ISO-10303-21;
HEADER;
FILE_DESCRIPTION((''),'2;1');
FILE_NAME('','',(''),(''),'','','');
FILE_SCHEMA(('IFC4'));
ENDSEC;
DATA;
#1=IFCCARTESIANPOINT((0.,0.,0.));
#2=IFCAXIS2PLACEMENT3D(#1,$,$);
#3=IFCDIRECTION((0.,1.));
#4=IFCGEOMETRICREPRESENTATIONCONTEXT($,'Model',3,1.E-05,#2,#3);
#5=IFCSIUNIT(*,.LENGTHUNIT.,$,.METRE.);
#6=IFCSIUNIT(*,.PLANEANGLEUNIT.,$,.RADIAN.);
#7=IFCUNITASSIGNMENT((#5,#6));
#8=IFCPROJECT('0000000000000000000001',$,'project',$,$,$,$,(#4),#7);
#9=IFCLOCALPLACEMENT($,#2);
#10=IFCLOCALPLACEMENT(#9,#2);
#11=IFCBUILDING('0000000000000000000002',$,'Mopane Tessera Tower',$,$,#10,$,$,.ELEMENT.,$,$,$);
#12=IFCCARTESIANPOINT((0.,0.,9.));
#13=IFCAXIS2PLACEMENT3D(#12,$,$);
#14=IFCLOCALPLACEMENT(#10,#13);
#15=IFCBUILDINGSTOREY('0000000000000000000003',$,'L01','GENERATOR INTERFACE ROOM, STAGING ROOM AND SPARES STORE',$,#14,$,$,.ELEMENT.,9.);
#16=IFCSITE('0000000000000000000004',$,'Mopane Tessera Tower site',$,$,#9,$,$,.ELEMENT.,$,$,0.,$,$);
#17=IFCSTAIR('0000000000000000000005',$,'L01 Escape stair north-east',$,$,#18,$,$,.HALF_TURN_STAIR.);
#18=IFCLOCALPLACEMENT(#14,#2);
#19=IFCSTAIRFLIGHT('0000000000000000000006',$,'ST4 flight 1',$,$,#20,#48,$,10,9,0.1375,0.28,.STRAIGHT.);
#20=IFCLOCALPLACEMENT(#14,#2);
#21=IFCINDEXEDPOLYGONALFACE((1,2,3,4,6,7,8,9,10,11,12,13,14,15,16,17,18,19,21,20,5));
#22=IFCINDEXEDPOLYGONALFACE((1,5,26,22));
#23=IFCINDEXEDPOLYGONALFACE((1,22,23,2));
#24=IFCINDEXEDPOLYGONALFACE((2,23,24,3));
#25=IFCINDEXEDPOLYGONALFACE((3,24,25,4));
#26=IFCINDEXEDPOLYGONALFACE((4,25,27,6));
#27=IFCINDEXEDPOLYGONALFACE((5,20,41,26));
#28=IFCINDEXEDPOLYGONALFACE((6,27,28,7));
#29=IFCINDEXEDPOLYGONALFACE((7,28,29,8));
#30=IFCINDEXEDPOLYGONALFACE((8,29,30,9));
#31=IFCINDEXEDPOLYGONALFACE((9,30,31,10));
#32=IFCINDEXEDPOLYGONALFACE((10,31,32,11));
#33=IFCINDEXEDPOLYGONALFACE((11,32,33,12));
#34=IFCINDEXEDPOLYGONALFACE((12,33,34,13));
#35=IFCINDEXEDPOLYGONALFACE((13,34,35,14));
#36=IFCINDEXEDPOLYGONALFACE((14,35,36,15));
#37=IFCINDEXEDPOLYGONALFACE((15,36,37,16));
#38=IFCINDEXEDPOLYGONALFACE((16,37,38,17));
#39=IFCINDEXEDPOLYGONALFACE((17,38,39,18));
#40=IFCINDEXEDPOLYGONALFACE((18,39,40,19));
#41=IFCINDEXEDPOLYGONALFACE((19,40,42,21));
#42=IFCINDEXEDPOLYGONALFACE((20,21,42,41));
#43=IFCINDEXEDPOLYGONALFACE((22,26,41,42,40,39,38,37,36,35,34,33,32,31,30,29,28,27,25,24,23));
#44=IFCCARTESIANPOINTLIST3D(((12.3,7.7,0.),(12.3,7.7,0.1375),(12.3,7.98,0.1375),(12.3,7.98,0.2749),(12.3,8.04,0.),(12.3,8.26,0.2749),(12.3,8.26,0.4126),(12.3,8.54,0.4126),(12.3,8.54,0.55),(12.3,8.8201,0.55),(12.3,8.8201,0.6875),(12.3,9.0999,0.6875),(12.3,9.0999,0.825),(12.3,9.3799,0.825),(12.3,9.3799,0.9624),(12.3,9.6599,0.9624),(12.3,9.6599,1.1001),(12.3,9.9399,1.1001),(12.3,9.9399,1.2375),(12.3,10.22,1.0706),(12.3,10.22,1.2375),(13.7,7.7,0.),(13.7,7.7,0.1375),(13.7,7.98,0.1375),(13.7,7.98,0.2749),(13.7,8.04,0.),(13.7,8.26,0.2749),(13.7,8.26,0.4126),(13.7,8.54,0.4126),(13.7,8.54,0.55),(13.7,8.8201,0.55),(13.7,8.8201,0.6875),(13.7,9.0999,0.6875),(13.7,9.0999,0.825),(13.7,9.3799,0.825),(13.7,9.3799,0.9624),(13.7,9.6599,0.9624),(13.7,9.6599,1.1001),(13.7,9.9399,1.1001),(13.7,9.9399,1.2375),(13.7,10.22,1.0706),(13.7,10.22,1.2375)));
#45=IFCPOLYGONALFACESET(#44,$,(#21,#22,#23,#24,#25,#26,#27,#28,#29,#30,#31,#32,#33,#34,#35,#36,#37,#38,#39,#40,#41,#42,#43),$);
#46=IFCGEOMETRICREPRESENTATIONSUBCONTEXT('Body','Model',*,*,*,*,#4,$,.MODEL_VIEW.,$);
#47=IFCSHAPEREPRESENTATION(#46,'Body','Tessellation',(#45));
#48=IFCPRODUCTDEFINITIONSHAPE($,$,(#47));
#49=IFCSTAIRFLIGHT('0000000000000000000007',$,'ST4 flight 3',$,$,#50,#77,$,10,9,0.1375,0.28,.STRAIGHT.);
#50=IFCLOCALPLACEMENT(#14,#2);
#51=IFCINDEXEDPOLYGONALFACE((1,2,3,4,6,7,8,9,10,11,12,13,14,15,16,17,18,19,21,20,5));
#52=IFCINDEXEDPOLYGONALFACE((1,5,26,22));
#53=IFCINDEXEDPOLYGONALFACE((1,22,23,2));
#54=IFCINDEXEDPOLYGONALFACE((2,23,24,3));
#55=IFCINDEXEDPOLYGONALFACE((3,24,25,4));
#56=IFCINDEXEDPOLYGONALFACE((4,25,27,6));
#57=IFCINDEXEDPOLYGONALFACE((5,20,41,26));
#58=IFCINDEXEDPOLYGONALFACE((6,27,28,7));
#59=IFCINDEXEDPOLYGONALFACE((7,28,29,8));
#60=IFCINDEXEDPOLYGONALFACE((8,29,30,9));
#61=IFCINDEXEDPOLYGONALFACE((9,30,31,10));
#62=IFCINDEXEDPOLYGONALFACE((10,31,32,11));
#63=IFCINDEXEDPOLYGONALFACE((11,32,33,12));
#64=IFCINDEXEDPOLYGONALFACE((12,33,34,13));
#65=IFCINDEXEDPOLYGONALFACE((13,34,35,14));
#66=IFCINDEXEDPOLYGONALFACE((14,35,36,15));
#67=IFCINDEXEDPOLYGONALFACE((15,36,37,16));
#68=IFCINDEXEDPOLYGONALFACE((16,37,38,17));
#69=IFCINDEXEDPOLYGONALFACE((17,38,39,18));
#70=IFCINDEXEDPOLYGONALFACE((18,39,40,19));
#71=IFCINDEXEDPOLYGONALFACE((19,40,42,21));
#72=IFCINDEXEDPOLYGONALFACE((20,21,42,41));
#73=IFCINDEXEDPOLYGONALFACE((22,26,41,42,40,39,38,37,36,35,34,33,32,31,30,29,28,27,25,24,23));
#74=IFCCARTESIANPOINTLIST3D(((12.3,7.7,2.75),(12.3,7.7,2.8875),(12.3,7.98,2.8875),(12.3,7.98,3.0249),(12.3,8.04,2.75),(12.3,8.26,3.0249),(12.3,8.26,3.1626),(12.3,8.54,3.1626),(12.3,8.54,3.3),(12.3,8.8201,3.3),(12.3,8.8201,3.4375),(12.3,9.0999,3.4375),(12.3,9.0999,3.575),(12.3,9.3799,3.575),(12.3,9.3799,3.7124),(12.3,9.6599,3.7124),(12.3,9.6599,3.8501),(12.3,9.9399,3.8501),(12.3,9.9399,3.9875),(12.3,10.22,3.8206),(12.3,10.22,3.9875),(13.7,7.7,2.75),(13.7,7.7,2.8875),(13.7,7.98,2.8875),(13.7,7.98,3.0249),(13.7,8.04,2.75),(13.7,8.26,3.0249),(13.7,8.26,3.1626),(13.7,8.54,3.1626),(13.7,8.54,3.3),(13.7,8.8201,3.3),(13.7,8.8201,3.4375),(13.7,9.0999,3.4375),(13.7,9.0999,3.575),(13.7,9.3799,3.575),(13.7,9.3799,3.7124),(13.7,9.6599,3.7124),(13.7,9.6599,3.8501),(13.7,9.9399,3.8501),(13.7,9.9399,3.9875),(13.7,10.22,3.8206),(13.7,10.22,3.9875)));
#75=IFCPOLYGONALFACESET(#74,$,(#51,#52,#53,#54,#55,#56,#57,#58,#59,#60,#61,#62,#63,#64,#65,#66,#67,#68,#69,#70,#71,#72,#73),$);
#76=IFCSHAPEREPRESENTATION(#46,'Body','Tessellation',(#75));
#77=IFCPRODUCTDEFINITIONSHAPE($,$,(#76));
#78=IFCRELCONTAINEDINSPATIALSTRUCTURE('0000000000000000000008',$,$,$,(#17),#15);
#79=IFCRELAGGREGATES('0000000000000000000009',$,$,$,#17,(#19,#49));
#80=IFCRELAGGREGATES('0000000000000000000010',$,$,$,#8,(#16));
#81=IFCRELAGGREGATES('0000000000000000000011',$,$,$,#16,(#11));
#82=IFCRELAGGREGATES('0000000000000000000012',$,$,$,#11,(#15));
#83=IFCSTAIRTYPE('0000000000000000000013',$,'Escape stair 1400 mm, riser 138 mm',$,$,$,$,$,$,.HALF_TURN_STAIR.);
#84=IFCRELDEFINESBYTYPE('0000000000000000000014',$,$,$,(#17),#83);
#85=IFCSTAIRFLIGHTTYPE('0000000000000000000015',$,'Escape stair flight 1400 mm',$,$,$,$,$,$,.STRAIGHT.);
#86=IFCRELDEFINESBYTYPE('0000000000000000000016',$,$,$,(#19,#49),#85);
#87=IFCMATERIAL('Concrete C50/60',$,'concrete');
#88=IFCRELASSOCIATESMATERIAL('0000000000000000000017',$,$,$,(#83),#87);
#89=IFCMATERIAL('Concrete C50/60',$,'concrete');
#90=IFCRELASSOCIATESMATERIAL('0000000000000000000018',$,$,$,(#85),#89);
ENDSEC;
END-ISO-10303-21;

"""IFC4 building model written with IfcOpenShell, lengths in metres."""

from ifc_helpers import new_model, si_unit, direction, frame, origin, place, context, subcontext, project, spatial, polyline, outline, extrude, material, type_object, element, aggregate, save


model = new_model("IFC4")

# Units and contexts
model_context = context("Model", 3, precision=1e-05, world=origin(), true_north=direction((0.0, 1.0)))
body_context = subcontext(model_context, "Body", "Model", "MODEL_VIEW")
ifc_project = project(units=[si_unit("LENGTHUNIT", "METRE"), si_unit("PLANEANGLEUNIT", "RADIAN")], contexts=[model_context])

# Site, building, storey
site_placement = place(None, origin())
site = spatial("IfcSite", under=ifc_project, at=site_placement, Name="Mopane Tessera Tower site", CompositionType="ELEMENT", RefElevation=0.0)
building_placement = place(site_placement, origin())
building = spatial("IfcBuilding", under=site, at=building_placement, Name="Mopane Tessera Tower", CompositionType="ELEMENT")
storey_placement = place(building_placement, frame((0.0, 0.0, 9.0)))
storey = spatial("IfcBuildingStorey", under=building, at=storey_placement, Name="L01", Description="GENERATOR INTERFACE ROOM, STAGING ROOM AND SPARES STORE", CompositionType="ELEMENT", Elevation=9.0)

# Stair, stair flights
ifc_material_1 = material(Name="Concrete C50/60", Category="concrete")
stair_type = type_object("IfcStairType", Name="Escape stair 1400 mm, riser 138 mm", PredefinedType="HALF_TURN_STAIR", material=ifc_material_1)
stair_placement = place(storey_placement, origin())
stair = element("IfcStair", 1, at=stair_placement, inside=storey, type_object=stair_type, Name="L01 Escape stair north-east", PredefinedType="HALF_TURN_STAIR")
ifc_material_2 = material(Name="Concrete C50/60", Category="concrete")
stair_flight_type = type_object("IfcStairFlightType", Name="Escape stair flight 1400 mm", PredefinedType="STRAIGHT", material=ifc_material_2)
stair_flight_1_placement = place(storey_placement, frame((13.0, 7.7, 0.0), z_axis=(0.0, 0.0, 1.0), x_axis=(0.0, 1.0, 0.0)))
stair_flight_1 = element("IfcStairFlight", 2, at=stair_flight_1_placement, type_object=stair_flight_type, Name="ST4 flight 1", NumberOfRisers=10, NumberOfTreads=9, PredefinedType="STRAIGHT", RiserHeight=0.1375, TreadLength=0.28, context=body_context, shape_type="SweptSolid", body=[
    extrude(outline(polyline([(0.0, 0.0), (0.0, 0.1375), (0.28, 0.1375), (0.28, 0.2749), (0.5601, 0.2749), (0.5601, 0.4126), (0.8401, 0.4126), (0.8401, 0.55), (1.1201, 0.55), (1.1201, 0.6875), (1.3999, 0.6875), (1.3999, 0.825), (1.6799, 0.825), (1.6799, 0.9624), (1.96, 0.9624), (1.96, 1.1001), (2.24, 1.1001), (2.24, 1.2375), (2.52, 1.2375), (2.52, 1.375), (2.52, 1.0706), (0.3401, 0.0), (0.0, 0.0)])), frame((0.0, 0.7, 0.0), z_axis=(0.0, -1.0, 0.0), x_axis=(1.0, 0.0, 0.0)), (0.0, 0.0, 1.0), 1.3999),
])
stair_flight_2_placement = place(storey_placement, frame((13.0, 7.7, 2.75), z_axis=(0.0, 0.0, 1.0), x_axis=(0.0, 1.0, 0.0)))
stair_flight_2 = element("IfcStairFlight", 3, at=stair_flight_2_placement, type_object=stair_flight_type, Name="ST4 flight 3", NumberOfRisers=10, NumberOfTreads=9, PredefinedType="STRAIGHT", RiserHeight=0.1375, TreadLength=0.28, context=body_context, shape_type="SweptSolid", body=[
    extrude(outline(polyline([(0.0, 0.0), (0.0, 0.1375), (0.28, 0.1375), (0.28, 0.2749), (0.5601, 0.2749), (0.5601, 0.4126), (0.8401, 0.4126), (0.8401, 0.55), (1.1201, 0.55), (1.1201, 0.6875), (1.3999, 0.6875), (1.3999, 0.825), (1.6799, 0.825), (1.6799, 0.9624), (1.96, 0.9624), (1.96, 1.1001), (2.24, 1.1001), (2.24, 1.2375), (2.52, 1.2375), (2.52, 1.375), (2.52, 1.0706), (0.3401, 0.0), (0.0, 0.0)])), frame((0.0, 0.7, 0.0), z_axis=(0.0, -1.0, 0.0), x_axis=(1.0, 0.0, 0.0)), (0.0, 0.0, 1.0), 1.3999),
])
aggregate(stair, [stair_flight_1, stair_flight_2])

save(model, "model.ifc")
